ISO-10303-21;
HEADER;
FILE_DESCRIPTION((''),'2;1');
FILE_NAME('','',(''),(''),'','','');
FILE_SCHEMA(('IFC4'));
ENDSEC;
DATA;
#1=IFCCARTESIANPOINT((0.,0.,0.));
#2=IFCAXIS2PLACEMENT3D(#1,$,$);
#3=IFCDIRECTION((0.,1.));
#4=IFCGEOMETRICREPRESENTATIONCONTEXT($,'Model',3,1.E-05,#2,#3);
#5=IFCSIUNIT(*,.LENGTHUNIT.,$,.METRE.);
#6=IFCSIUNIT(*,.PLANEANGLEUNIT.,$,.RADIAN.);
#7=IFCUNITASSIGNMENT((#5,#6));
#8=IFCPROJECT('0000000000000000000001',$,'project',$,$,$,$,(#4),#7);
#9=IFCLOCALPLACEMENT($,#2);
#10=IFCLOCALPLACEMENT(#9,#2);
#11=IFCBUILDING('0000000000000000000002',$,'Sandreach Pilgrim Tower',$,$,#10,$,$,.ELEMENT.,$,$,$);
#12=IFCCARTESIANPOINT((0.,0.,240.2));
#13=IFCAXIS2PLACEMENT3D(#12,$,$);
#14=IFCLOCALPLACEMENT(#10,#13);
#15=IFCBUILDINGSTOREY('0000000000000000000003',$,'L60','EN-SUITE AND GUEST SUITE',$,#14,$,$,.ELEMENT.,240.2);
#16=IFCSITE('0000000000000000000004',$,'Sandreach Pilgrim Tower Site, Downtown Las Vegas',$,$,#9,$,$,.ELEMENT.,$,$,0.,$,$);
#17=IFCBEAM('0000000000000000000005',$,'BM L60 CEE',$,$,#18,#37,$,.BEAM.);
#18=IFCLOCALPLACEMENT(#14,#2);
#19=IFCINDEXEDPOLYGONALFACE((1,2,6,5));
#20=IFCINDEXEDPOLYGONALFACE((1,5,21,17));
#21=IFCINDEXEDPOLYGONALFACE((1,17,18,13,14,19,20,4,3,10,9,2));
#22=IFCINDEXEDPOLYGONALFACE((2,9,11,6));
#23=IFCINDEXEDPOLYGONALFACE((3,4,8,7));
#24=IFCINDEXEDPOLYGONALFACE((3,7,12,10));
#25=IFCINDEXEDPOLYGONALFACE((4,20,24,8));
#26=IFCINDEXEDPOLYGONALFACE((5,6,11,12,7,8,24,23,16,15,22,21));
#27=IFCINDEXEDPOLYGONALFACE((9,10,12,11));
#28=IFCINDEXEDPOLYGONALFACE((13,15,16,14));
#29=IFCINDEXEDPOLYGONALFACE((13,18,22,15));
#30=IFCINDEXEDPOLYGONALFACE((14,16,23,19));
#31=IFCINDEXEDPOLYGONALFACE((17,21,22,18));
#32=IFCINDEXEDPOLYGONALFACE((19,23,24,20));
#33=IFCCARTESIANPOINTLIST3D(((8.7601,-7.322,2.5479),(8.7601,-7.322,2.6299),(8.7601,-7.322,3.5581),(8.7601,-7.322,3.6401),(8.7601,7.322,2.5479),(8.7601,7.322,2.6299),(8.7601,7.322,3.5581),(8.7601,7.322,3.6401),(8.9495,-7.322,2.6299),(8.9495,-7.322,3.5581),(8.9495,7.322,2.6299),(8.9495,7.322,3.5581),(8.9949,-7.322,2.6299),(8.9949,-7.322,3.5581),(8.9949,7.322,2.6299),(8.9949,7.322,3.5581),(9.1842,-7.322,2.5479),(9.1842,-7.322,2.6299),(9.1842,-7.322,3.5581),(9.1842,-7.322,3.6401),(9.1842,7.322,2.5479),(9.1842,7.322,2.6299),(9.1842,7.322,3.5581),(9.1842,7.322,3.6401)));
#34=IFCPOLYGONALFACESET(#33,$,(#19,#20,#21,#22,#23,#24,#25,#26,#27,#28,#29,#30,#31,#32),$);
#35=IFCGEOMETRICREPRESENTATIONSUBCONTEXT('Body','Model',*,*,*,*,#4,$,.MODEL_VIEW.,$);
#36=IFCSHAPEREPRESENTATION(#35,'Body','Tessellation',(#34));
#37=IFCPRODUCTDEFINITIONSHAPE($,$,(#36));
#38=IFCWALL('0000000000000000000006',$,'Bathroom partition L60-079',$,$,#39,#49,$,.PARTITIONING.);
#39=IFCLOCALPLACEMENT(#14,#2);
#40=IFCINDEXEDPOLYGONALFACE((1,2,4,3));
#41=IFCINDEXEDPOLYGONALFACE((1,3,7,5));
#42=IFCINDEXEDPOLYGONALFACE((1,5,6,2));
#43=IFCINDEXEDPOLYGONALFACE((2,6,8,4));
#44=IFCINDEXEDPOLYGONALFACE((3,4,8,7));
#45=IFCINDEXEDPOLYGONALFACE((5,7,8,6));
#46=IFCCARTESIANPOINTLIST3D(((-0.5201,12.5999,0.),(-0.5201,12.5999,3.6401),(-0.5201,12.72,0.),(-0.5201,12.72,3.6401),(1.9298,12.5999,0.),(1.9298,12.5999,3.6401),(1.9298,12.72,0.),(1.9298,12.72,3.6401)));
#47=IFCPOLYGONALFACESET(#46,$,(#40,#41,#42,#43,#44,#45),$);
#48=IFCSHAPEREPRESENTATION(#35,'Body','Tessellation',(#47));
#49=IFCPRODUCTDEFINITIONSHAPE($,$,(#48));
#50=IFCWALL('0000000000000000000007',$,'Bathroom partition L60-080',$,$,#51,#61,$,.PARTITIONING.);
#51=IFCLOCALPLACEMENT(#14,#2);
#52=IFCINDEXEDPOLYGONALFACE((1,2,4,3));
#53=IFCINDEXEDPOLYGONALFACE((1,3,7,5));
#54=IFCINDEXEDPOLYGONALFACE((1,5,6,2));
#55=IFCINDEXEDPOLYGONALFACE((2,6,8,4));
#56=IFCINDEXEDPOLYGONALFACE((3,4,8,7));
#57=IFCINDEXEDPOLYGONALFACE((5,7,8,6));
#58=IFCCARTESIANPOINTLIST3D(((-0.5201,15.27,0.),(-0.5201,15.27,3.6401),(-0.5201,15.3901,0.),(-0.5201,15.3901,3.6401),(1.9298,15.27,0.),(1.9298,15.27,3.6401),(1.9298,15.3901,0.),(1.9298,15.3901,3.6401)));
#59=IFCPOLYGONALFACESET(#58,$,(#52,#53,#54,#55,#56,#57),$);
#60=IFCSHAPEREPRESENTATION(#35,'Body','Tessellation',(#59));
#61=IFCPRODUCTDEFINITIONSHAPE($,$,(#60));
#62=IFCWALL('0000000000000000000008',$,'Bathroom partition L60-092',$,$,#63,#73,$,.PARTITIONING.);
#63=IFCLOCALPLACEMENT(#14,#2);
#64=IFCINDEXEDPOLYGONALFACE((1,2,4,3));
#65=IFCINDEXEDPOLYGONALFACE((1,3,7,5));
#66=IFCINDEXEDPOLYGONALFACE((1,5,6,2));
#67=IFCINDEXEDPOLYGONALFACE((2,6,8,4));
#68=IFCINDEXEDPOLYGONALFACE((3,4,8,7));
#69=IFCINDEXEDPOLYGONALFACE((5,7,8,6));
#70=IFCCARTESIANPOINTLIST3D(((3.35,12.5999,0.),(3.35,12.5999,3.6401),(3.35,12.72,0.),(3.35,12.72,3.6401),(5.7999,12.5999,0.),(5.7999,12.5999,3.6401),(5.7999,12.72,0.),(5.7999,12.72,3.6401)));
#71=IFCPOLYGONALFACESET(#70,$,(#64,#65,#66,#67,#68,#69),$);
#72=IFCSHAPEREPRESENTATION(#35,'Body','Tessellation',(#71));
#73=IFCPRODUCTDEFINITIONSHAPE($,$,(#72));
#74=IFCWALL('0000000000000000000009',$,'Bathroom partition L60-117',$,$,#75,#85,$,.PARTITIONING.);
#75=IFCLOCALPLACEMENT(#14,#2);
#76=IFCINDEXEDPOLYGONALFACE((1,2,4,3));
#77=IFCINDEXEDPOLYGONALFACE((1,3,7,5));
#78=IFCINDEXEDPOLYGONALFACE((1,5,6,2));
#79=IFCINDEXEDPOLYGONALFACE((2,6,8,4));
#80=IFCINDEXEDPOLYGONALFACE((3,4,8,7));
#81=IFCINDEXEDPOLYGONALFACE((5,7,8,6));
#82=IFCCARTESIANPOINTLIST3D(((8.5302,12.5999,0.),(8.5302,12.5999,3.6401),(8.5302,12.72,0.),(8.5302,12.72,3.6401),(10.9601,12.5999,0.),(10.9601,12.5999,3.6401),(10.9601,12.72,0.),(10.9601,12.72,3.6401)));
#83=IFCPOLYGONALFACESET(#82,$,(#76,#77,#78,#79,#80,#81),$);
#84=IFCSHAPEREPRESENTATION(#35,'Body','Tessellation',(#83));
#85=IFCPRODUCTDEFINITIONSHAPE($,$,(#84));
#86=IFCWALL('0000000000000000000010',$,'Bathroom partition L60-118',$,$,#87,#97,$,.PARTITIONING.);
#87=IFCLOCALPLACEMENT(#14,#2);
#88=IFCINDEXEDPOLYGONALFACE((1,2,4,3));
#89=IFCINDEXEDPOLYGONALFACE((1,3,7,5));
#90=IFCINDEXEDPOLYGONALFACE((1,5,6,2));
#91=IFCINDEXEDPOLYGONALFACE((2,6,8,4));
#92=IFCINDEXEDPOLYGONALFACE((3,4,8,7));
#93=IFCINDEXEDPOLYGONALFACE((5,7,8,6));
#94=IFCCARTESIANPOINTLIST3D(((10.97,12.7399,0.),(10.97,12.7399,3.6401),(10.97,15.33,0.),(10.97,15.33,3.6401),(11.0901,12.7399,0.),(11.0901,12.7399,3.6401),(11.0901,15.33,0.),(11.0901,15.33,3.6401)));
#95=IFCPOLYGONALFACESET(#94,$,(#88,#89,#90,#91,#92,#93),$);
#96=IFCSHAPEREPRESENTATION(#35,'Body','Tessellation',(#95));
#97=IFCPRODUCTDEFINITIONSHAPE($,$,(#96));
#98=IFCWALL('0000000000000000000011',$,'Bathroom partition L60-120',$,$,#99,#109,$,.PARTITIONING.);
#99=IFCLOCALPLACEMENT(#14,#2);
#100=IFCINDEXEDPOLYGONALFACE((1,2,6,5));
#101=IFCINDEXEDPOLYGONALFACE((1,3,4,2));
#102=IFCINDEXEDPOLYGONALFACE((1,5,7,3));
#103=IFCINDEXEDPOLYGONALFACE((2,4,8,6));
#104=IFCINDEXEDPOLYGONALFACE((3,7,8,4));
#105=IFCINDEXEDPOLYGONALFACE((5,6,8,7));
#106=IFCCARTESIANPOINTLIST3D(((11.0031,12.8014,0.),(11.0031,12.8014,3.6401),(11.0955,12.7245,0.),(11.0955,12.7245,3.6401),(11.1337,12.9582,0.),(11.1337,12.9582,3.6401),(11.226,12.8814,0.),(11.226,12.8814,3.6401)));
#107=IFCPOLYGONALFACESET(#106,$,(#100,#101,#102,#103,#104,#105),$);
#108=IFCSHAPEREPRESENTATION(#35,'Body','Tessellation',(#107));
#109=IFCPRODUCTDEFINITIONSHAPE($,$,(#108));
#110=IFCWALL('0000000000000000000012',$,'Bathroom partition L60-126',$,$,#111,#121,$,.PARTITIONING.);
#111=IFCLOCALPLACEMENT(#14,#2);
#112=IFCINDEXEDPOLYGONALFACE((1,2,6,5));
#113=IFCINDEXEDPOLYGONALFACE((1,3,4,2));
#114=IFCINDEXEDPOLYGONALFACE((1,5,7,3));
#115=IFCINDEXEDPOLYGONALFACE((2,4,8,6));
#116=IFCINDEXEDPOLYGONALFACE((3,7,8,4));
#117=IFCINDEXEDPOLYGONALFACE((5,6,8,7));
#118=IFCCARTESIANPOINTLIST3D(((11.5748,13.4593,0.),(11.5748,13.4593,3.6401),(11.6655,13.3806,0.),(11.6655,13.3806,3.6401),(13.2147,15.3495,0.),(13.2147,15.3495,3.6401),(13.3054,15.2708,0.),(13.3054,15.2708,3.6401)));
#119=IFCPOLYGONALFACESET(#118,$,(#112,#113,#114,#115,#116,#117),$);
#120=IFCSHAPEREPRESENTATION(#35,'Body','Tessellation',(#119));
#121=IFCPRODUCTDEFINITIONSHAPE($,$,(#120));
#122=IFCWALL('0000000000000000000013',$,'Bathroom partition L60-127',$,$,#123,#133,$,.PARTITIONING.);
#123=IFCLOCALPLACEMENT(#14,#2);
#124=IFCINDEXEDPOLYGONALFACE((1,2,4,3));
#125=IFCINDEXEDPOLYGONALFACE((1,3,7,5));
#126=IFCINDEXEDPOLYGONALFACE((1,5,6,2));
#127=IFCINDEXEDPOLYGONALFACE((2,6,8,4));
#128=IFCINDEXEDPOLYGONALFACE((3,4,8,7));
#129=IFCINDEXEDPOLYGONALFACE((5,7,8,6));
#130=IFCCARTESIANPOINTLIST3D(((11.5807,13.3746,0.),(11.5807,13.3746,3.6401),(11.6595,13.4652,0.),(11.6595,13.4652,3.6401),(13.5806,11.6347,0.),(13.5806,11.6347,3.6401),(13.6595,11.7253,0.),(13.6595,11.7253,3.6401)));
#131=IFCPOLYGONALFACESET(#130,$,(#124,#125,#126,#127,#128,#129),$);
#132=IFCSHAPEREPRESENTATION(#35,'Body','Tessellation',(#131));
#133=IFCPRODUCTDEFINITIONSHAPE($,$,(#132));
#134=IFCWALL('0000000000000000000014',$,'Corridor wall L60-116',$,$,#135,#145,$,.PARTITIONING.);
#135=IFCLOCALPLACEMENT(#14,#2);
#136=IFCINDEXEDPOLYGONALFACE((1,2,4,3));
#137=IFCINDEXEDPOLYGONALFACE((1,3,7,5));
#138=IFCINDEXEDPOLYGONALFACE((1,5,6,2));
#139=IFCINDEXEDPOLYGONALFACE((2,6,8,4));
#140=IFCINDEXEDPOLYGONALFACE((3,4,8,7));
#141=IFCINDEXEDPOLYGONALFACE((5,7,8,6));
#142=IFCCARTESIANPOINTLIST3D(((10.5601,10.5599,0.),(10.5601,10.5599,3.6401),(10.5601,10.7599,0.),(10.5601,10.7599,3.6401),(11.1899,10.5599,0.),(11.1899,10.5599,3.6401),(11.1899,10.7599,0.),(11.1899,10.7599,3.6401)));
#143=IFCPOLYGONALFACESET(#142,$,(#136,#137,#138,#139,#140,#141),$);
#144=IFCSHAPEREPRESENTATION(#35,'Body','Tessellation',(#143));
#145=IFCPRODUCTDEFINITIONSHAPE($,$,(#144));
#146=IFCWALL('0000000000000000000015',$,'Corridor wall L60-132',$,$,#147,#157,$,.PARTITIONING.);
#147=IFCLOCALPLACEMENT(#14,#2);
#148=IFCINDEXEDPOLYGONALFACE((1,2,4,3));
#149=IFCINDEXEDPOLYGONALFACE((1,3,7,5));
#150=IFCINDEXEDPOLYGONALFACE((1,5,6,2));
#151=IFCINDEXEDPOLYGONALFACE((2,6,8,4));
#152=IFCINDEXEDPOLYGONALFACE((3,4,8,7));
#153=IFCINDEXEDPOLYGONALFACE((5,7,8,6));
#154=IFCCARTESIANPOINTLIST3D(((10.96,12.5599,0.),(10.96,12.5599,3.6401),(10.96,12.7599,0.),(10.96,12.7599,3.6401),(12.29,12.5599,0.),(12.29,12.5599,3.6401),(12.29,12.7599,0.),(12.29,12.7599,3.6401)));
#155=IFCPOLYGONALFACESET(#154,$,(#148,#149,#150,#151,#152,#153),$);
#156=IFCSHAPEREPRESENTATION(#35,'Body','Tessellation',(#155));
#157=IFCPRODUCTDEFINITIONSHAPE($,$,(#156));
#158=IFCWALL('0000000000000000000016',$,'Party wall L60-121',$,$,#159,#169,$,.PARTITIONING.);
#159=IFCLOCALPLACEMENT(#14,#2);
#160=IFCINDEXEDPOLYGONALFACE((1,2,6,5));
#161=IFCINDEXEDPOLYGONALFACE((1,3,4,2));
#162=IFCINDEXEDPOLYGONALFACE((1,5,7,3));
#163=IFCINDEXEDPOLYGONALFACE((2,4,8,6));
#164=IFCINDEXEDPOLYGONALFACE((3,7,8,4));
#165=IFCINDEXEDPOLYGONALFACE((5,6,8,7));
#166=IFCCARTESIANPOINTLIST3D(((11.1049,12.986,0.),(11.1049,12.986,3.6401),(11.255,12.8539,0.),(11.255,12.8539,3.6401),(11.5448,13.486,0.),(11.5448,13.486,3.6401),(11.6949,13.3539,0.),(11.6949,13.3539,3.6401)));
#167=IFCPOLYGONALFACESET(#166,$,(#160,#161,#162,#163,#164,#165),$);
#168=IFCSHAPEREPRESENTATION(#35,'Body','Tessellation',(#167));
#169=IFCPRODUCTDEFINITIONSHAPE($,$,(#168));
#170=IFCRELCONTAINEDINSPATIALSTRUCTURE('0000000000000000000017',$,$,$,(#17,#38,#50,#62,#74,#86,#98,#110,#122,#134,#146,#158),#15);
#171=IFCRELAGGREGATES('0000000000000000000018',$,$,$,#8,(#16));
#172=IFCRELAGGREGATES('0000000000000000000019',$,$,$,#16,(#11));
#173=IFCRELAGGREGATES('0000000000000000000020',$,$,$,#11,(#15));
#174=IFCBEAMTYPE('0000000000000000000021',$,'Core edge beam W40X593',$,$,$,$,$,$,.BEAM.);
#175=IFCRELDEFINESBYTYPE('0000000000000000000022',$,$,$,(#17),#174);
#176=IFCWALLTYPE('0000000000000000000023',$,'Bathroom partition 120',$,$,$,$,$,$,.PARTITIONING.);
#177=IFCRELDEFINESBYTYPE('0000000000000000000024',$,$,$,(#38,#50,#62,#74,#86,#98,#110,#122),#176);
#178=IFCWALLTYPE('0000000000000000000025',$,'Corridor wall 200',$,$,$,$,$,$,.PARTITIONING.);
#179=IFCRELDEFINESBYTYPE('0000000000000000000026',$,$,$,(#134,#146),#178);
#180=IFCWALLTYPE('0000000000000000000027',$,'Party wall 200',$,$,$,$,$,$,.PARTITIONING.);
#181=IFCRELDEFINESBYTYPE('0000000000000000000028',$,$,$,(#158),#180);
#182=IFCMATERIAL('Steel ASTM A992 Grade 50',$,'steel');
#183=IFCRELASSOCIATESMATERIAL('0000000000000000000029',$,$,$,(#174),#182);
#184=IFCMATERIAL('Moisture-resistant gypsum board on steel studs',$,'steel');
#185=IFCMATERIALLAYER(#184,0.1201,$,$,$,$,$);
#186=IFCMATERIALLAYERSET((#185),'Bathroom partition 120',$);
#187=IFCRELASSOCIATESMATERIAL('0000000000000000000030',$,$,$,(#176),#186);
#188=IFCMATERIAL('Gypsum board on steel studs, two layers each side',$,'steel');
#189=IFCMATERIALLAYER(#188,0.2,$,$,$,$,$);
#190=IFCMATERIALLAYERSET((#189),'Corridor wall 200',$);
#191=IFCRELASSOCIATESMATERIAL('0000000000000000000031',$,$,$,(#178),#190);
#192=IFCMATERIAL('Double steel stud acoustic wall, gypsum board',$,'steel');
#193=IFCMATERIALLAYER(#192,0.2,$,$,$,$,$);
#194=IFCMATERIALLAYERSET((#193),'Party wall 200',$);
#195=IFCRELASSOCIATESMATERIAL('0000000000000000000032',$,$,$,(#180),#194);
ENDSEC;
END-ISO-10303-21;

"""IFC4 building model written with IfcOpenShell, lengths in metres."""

from ifc_helpers import new_model, si_unit, direction, frame, frame_2d, origin, origin_2d, place, context, subcontext, project, spatial, rectangle, i_section, extrude, material, layer, layer_set, material_profile, profile_set, type_object, element, save


model = new_model("IFC4")

# Units and contexts
model_context = context("Model", 3, precision=1e-05, world=origin(), true_north=direction((0.0, 1.0)))
body_context = subcontext(model_context, "Body", "Model", "MODEL_VIEW")
ifc_project = project(units=[si_unit("LENGTHUNIT", "METRE"), si_unit("PLANEANGLEUNIT", "RADIAN")], contexts=[model_context])

# Site, building, storey
site_placement = place(None, origin())
site = spatial("IfcSite", under=ifc_project, at=site_placement, Name="Sandreach Pilgrim Tower Site, Downtown Las Vegas", CompositionType="ELEMENT", RefElevation=0.0)
building_placement = place(site_placement, origin())
building = spatial("IfcBuilding", under=site, at=building_placement, Name="Sandreach Pilgrim Tower", CompositionType="ELEMENT")
storey_placement = place(building_placement, frame((0.0, 0.0, 240.2)))
storey = spatial("IfcBuildingStorey", under=building, at=storey_placement, Name="L60", Description="EN-SUITE AND GUEST SUITE", CompositionType="ELEMENT", Elevation=240.2)

# Beam
ifc_material_1 = material(Name="Steel ASTM A992 Grade 50", Category="steel")
ifc_material_profile = material_profile(ifc_material_1, i_section(OverallWidth=0.4241, OverallDepth=1.0923, WebThickness=0.0454, FlangeThickness=0.082, at=origin_2d()), Name="W40X593")
ifc_profile_set = profile_set([ifc_material_profile], Name="Steel ASTM A992 Grade 50")
beam_type = type_object("IfcBeamType", Name="Core edge beam W40X593", PredefinedType="BEAM", material=ifc_profile_set)
beam_placement = place(storey_placement, frame((8.9722, 7.322, 3.094), z_axis=(0.0, -1.0, 0.0), x_axis=(1.0, 0.0, 0.0)))
element("IfcBeam", 1, at=beam_placement, inside=storey, type_object=beam_type, Name="BM L60 CEE", PredefinedType="BEAM", context=body_context, shape_type="SweptSolid", body=[
    extrude(i_section(OverallWidth=0.4241, OverallDepth=1.0923, WebThickness=0.0454, FlangeThickness=0.082, at=origin_2d()), origin(), (0.0, 0.0, 1.0), 14.644),
])

# Walls
ifc_material_2 = material(Name="Moisture-resistant gypsum board on steel studs", Category="steel")
ifc_layer_1 = layer(ifc_material_2, 0.1201)
ifc_layer_set_1 = layer_set([ifc_layer_1], Name="Bathroom partition 120")
wall_type_1 = type_object("IfcWallType", Name="Bathroom partition 120", PredefinedType="PARTITIONING", material=ifc_layer_set_1)
for number, where, z_axis, x_axis, name in (
    (2, (1.9299, 12.6599, 0.0), (0.0, 0.0, 1.0), (-1.0, 0.0, 0.0), "Bathroom partition L60-079"),
    (3, (1.9299, 15.3301, 0.0), (0.0, 0.0, 1.0), (-1.0, 0.0, 0.0), "Bathroom partition L60-080"),
    (4, (5.8, 12.6599, 0.0), (0.0, 0.0, 1.0), (-1.0, 0.0, 0.0), "Bathroom partition L60-092"),
):
    element("IfcWall", number, at=place(storey_placement, frame(where, z_axis=z_axis, x_axis=x_axis)), inside=storey, type_object=wall_type_1, Name=name, PredefinedType="PARTITIONING", context=body_context, shape_type="SweptSolid", body=[
        extrude(rectangle(XDim=2.45, YDim=0.1201, at=frame_2d((1.2251, 0.0))), origin(), (0.0, 0.0, 1.0), 3.6401),
    ])
wall_1_placement = place(storey_placement, frame((10.96, 12.6599, 0.0), z_axis=(0.0, 0.0, 1.0), x_axis=(-1.0, 0.0, 0.0)))
element("IfcWall", 5, at=wall_1_placement, inside=storey, type_object=wall_type_1, Name="Bathroom partition L60-117", PredefinedType="PARTITIONING", context=body_context, shape_type="SweptSolid", body=[
    extrude(rectangle(XDim=2.4299, YDim=0.1201, at=frame_2d((1.2148, 0.0))), origin(), (0.0, 0.0, 1.0), 3.6401),
])
wall_2_placement = place(storey_placement, frame((11.03, 12.74, 0.0), z_axis=(0.0, 0.0, 1.0), x_axis=(0.0, 1.0, 0.0)))
element("IfcWall", 6, at=wall_2_placement, inside=storey, type_object=wall_type_1, Name="Bathroom partition L60-118", PredefinedType="PARTITIONING", context=body_context, shape_type="SweptSolid", body=[
    extrude(rectangle(XDim=2.5901, YDim=0.1201, at=frame_2d((1.2949, 0.0))), origin(), (0.0, 0.0, 1.0), 3.6401),
])
wall_3_placement = place(storey_placement, frame((11.0493, 12.7629, 0.0), z_axis=(0.0, 0.0, 1.0), x_axis=(0.639596, 0.768711, 0.0)))
element("IfcWall", 7, at=wall_3_placement, inside=storey, type_object=wall_type_1, Name="Bathroom partition L60-120", PredefinedType="PARTITIONING", context=body_context, shape_type="SweptSolid", body=[
    extrude(rectangle(XDim=0.2041, YDim=0.1201, at=frame_2d((0.1021, 0.0))), origin(), (0.0, 0.0, 1.0), 3.6401),
])
wall_4_placement = place(storey_placement, frame((11.6201, 13.4199, 0.0), z_axis=(0.0, 0.0, 1.0), x_axis=(0.655335, 0.755338, 0.0)))
element("IfcWall", 8, at=wall_4_placement, inside=storey, type_object=wall_type_1, Name="Bathroom partition L60-126", PredefinedType="PARTITIONING", context=body_context, shape_type="SweptSolid", body=[
    extrude(rectangle(XDim=2.5024, YDim=0.1201, at=frame_2d((1.2512, 0.0))), origin(), (0.0, 0.0, 1.0), 3.6401),
])
wall_5_placement = place(storey_placement, frame((11.6201, 13.4199, 0.0), z_axis=(0.0, 0.0, 1.0), x_axis=(0.754445, -0.656363, 0.0)))
element("IfcWall", 9, at=wall_5_placement, inside=storey, type_object=wall_type_1, Name="Bathroom partition L60-127", PredefinedType="PARTITIONING", context=body_context, shape_type="SweptSolid", body=[
    extrude(rectangle(XDim=2.6509, YDim=0.1201, at=frame_2d((1.3254, 0.0))), origin(), (0.0, 0.0, 1.0), 3.6401),
])

# Shared definitions
ifc_material_3 = material(Name="Gypsum board on steel studs, two layers each side", Category="steel")
ifc_layer_2 = layer(ifc_material_3, 0.2)
ifc_layer_set_2 = layer_set([ifc_layer_2], Name="Corridor wall 200")
wall_type_2 = type_object("IfcWallType", Name="Corridor wall 200", PredefinedType="PARTITIONING", material=ifc_layer_set_2)

# Wall
wall_6_placement = place(storey_placement, frame((10.5601, 10.6599, 0.0), z_axis=(0.0, 0.0, 1.0), x_axis=(1.0, 0.0, 0.0)))
element("IfcWall", 10, at=wall_6_placement, inside=storey, type_object=wall_type_2, Name="Corridor wall L60-116", PredefinedType="PARTITIONING", context=body_context, shape_type="SweptSolid", body=[
    extrude(rectangle(XDim=0.6299, YDim=0.2, at=frame_2d((0.3149, 0.0))), origin(), (0.0, 0.0, 1.0), 3.6401),
])

# Wall
wall_7_placement = place(storey_placement, frame((12.29, 12.6599, 0.0), z_axis=(0.0, 0.0, 1.0), x_axis=(-1.0, 0.0, 0.0)))
element("IfcWall", 11, at=wall_7_placement, inside=storey, type_object=wall_type_2, Name="Corridor wall L60-132", PredefinedType="PARTITIONING", context=body_context, shape_type="SweptSolid", body=[
    extrude(rectangle(XDim=1.3301, YDim=0.2, at=frame_2d((0.665, 0.0))), origin(), (0.0, 0.0, 1.0), 3.6401),
])

# Wall
ifc_material_4 = material(Name="Double steel stud acoustic wall, gypsum board", Category="steel")
ifc_layer_3 = layer(ifc_material_4, 0.2)
ifc_layer_set_3 = layer_set([ifc_layer_3], Name="Party wall 200")
wall_type_3 = type_object("IfcWallType", Name="Party wall 200", PredefinedType="PARTITIONING", material=ifc_layer_set_3)
wall_8_placement = place(storey_placement, frame((11.1799, 12.9199, 0.0), z_axis=(0.0, 0.0, 1.0), x_axis=(0.660578, 0.750757, 0.0)))
element("IfcWall", 12, at=wall_8_placement, inside=storey, type_object=wall_type_3, Name="Party wall L60-121", PredefinedType="PARTITIONING", context=body_context, shape_type="SweptSolid", body=[
    extrude(rectangle(XDim=0.666, YDim=0.2, at=frame_2d((0.333, 0.0))), origin(), (0.0, 0.0, 1.0), 3.6401),
])

save(model, "model.ifc")
